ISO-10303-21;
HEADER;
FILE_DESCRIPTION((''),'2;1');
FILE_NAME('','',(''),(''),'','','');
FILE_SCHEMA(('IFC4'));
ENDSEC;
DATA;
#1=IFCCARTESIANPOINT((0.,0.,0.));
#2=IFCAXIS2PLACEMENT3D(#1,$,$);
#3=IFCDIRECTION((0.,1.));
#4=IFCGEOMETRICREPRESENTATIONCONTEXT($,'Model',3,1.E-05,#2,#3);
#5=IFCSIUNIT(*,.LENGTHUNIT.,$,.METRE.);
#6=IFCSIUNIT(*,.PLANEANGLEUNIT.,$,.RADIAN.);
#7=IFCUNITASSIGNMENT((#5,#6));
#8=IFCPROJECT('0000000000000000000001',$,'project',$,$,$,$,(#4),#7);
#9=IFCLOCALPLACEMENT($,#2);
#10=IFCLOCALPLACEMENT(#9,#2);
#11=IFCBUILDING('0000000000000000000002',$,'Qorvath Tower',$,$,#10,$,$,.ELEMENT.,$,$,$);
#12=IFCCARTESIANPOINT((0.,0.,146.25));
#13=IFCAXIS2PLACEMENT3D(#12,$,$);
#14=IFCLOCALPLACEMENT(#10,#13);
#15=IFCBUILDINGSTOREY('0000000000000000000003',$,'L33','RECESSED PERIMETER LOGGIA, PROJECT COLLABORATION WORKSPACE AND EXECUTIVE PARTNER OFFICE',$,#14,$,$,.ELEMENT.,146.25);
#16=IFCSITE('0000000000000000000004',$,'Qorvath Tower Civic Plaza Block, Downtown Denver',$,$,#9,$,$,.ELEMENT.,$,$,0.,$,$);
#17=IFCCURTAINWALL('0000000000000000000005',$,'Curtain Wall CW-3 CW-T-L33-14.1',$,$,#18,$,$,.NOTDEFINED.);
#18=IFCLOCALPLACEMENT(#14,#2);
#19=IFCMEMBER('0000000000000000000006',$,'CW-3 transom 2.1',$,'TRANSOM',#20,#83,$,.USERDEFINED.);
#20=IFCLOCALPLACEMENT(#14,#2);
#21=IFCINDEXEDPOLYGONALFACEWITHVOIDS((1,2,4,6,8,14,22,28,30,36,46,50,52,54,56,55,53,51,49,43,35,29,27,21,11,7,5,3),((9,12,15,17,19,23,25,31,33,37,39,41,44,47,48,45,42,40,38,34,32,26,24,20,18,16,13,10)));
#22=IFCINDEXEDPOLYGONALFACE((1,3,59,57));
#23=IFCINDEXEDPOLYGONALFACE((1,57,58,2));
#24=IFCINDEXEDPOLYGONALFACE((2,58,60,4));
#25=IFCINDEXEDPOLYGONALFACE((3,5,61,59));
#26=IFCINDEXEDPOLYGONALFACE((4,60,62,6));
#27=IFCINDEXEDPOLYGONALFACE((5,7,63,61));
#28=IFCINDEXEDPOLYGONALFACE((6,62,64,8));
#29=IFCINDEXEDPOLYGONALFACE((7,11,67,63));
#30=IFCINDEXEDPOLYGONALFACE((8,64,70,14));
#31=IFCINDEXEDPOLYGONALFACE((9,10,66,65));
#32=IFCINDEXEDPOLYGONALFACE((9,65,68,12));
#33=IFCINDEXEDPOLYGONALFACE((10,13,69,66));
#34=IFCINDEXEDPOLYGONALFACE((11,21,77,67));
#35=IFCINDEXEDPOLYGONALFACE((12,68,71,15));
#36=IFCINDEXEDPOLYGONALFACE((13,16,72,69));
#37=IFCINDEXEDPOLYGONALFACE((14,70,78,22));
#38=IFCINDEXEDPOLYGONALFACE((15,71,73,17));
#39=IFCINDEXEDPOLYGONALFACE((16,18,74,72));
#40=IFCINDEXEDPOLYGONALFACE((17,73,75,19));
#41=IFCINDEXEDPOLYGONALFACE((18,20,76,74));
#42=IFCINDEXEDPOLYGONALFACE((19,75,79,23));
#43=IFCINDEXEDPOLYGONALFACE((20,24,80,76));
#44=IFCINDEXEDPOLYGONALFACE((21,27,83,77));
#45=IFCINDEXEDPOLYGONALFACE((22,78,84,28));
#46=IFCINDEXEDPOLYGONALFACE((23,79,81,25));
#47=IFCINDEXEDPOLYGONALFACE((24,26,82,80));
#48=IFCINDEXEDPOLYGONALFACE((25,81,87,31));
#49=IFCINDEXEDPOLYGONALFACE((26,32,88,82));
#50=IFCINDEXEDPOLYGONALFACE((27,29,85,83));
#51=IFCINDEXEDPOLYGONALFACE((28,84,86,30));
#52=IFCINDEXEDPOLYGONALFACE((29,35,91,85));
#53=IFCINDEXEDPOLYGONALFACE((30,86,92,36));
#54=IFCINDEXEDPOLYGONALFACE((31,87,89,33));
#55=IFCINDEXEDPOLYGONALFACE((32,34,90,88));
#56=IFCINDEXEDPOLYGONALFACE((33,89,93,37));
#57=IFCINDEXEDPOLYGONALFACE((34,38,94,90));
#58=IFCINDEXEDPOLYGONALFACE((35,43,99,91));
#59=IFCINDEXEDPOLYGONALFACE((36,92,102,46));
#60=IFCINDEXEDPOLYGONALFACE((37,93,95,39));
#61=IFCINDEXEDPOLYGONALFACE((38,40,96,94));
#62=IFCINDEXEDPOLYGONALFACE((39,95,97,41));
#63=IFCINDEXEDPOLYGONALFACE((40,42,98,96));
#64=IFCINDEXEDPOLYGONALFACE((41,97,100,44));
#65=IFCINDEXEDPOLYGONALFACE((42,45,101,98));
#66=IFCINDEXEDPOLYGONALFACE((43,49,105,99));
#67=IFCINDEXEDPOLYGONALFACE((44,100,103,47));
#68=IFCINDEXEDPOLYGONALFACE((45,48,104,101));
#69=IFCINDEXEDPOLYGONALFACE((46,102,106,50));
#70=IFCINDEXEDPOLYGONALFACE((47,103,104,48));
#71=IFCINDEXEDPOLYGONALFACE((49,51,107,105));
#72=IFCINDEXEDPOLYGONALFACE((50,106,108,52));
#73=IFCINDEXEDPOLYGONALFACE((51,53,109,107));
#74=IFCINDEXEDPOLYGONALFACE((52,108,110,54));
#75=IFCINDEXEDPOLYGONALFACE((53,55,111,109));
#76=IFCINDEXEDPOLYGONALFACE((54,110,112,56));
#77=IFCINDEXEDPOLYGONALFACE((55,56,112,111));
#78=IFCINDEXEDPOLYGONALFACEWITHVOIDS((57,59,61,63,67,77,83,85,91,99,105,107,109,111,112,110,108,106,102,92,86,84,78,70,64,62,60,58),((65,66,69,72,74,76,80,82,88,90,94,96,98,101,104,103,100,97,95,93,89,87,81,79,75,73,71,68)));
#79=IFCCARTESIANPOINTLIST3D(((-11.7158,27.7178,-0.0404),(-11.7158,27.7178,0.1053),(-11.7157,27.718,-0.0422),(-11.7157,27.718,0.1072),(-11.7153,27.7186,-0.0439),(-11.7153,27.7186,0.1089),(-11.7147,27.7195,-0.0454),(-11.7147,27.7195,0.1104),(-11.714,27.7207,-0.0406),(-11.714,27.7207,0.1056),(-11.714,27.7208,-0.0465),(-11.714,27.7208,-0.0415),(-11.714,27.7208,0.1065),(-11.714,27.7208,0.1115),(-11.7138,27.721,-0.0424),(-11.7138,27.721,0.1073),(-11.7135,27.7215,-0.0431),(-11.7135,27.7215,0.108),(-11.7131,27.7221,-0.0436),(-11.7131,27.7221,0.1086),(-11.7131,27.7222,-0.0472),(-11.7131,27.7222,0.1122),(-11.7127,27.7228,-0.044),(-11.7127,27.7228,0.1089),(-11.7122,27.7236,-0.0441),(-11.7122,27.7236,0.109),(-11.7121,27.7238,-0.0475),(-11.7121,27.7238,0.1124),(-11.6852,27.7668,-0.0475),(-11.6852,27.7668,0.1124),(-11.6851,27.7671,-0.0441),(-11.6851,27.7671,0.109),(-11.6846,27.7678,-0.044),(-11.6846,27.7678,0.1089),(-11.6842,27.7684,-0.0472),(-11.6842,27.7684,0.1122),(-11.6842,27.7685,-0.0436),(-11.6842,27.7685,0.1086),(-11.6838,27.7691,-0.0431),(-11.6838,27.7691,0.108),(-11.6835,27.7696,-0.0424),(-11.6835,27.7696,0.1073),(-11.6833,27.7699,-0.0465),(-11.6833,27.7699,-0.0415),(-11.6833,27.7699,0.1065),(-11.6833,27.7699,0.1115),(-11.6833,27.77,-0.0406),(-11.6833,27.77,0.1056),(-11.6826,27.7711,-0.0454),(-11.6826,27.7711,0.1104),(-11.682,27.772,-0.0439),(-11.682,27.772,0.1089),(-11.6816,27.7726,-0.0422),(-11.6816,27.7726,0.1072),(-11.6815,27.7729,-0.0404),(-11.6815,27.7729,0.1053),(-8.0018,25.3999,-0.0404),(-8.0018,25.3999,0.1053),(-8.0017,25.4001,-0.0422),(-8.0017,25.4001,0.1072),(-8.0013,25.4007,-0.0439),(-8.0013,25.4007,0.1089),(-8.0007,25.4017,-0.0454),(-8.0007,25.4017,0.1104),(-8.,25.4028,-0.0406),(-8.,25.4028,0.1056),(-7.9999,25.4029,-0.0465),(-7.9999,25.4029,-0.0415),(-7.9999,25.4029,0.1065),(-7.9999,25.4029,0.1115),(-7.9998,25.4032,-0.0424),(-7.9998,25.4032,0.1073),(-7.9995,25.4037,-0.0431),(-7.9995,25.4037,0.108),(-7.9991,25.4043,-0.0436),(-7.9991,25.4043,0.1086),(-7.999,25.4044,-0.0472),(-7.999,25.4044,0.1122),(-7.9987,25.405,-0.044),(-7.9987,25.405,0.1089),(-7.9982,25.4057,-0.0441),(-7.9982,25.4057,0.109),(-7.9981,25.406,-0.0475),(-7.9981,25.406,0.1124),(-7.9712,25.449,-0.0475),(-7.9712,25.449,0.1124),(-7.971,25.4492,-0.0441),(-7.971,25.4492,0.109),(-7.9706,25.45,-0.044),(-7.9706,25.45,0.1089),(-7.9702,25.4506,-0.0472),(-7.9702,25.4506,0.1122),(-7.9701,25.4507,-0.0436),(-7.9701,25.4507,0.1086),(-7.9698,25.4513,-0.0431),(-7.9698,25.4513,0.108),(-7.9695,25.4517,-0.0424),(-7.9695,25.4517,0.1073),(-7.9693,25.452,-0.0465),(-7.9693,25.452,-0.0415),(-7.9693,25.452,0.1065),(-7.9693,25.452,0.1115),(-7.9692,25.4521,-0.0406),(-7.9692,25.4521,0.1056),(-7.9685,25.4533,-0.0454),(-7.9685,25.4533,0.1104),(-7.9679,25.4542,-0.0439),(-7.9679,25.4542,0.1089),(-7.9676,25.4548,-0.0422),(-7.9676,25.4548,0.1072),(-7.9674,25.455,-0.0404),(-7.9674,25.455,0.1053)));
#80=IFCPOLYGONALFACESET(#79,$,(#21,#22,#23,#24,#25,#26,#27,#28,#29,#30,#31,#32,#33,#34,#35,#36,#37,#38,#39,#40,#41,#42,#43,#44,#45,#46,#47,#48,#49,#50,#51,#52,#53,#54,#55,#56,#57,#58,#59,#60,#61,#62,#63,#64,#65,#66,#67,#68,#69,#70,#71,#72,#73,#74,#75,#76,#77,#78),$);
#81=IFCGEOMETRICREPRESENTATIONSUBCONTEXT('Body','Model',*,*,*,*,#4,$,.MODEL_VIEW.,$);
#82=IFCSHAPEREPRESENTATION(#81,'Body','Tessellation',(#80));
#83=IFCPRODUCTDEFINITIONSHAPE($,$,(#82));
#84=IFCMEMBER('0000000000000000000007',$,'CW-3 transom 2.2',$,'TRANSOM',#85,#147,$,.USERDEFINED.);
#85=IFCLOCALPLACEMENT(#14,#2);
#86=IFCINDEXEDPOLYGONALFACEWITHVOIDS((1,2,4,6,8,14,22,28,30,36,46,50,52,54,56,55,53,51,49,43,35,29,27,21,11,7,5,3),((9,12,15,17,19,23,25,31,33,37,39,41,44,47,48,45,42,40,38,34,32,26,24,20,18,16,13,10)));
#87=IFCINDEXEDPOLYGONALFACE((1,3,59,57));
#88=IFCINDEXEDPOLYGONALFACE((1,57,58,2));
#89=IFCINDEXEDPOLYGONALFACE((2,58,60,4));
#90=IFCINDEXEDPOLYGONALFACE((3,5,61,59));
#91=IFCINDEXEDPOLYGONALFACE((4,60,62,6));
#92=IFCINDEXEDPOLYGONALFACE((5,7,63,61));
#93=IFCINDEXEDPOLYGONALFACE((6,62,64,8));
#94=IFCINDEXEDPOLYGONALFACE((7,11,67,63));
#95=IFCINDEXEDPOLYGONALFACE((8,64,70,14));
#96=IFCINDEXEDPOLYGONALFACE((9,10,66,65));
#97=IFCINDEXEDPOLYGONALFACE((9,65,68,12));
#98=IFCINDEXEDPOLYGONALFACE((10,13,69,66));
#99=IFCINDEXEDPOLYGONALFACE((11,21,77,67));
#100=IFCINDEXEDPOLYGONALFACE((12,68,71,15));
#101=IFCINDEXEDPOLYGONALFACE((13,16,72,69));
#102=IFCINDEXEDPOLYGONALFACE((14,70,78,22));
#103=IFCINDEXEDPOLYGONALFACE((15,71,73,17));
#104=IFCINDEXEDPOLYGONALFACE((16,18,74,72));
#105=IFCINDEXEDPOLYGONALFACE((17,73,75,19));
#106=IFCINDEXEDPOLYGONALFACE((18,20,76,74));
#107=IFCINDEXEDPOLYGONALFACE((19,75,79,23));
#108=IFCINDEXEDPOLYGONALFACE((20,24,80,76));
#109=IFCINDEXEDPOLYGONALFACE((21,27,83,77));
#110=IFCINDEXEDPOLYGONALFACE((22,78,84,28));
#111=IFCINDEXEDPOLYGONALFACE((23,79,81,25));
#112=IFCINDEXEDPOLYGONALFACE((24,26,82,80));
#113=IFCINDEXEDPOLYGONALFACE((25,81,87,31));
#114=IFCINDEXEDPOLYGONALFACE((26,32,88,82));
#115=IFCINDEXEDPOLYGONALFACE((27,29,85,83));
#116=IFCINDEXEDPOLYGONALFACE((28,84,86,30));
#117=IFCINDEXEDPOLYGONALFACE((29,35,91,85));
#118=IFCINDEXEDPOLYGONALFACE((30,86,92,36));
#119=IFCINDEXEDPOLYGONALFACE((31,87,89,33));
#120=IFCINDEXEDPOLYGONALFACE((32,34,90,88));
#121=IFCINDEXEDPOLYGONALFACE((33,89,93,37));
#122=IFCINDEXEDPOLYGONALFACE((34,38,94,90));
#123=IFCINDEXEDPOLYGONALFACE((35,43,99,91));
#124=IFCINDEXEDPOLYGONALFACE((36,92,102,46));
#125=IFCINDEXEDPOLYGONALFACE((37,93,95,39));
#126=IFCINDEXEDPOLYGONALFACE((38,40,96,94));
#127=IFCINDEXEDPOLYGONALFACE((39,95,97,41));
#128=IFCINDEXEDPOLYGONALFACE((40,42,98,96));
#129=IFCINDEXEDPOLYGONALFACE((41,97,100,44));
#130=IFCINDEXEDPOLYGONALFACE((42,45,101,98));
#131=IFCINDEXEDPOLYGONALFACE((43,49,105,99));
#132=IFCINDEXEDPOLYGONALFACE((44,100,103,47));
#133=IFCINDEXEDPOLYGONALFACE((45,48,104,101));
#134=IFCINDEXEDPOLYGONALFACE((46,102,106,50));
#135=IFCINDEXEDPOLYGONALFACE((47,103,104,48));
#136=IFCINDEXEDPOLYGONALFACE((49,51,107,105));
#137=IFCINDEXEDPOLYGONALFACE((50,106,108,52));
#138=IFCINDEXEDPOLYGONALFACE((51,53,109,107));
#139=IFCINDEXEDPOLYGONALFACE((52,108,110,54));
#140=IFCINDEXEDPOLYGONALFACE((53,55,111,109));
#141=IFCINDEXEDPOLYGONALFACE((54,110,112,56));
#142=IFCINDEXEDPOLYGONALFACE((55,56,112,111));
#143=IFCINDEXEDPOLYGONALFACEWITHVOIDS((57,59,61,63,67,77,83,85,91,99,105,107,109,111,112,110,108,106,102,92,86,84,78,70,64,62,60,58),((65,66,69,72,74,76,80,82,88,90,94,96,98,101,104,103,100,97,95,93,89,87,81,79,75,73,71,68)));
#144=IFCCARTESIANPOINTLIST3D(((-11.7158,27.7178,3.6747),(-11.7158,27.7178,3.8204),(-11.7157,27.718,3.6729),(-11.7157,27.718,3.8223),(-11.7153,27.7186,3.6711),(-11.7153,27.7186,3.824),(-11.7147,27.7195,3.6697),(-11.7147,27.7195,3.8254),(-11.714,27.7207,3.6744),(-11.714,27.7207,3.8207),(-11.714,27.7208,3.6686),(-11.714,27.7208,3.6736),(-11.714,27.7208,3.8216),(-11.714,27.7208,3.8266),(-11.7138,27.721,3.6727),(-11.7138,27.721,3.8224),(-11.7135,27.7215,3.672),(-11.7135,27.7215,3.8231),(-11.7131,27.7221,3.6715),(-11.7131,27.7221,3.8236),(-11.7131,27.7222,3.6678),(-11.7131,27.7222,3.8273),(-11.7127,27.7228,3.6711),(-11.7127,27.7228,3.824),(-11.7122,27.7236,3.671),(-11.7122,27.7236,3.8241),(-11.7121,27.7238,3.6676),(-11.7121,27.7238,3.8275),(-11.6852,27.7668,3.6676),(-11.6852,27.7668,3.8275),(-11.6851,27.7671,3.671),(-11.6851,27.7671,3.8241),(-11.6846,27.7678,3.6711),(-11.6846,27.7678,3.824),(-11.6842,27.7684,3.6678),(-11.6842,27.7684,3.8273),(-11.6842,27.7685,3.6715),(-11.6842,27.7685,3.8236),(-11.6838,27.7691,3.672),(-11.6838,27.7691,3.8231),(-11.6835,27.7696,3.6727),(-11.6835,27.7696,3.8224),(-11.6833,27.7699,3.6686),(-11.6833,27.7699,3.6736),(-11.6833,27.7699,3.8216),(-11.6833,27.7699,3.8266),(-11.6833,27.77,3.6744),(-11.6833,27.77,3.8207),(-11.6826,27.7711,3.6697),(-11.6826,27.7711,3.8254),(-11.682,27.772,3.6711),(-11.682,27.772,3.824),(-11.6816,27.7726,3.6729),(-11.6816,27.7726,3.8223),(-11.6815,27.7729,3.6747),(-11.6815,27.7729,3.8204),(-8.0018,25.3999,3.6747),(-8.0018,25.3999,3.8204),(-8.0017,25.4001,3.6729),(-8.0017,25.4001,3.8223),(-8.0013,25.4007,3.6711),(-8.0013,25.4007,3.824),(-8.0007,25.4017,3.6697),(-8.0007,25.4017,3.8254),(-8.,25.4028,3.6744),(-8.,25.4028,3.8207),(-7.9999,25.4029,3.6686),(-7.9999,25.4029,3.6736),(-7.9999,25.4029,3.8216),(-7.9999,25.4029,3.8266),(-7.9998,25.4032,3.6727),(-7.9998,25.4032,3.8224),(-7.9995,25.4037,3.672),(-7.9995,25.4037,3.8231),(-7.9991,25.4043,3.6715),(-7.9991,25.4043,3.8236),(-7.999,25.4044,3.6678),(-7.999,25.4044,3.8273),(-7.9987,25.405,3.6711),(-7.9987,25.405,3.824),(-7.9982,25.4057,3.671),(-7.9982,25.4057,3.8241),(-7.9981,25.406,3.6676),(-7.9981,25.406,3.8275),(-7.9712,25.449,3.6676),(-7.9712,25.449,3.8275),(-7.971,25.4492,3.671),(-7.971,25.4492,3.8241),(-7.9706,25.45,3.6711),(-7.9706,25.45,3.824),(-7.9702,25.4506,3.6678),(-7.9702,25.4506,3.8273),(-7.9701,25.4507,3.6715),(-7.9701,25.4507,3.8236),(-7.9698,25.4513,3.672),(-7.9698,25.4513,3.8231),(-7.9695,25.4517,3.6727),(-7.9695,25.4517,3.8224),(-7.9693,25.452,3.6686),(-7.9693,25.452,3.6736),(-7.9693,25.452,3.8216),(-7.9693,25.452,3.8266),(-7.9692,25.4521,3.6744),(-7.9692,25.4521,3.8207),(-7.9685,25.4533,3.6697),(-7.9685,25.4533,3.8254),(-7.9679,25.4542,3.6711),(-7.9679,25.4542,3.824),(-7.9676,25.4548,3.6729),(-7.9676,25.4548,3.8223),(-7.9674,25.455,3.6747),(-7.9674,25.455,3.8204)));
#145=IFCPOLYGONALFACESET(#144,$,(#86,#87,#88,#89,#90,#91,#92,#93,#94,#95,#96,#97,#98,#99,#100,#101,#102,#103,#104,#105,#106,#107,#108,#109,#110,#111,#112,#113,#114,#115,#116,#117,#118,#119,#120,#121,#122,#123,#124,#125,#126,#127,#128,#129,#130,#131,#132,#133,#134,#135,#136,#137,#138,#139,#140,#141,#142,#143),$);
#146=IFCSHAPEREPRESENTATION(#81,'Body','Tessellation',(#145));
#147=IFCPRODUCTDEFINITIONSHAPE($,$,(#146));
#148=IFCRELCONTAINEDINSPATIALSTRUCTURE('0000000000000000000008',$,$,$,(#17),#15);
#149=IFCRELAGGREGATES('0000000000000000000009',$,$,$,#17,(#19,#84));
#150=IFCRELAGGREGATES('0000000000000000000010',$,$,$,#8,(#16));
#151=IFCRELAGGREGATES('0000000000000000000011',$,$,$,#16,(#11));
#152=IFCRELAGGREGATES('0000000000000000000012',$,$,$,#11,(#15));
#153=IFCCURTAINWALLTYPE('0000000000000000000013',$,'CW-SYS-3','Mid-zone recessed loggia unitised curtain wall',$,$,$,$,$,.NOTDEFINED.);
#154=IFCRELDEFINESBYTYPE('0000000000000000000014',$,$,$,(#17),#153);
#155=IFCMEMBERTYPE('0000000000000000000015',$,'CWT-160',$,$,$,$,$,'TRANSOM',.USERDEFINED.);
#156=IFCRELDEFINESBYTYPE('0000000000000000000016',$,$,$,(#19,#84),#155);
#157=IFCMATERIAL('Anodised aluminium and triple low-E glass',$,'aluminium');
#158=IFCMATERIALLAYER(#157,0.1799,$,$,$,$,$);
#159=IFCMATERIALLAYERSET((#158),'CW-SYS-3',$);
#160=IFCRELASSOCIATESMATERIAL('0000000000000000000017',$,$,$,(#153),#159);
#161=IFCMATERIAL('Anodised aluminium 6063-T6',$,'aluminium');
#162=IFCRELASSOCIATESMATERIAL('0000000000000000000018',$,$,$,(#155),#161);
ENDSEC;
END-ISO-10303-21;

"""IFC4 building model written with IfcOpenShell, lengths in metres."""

from ifc_helpers import new_model, si_unit, direction, frame, origin, origin_2d, place, context, subcontext, project, spatial, hollow_rectangle, extrude, material, layer, layer_set, material_profile, profile_set, type_object, element, aggregate, save


model = new_model("IFC4")

# Units and contexts
model_context = context("Model", 3, precision=1e-05, world=origin(), true_north=direction((0.0, 1.0)))
body_context = subcontext(model_context, "Body", "Model", "MODEL_VIEW")
ifc_project = project(units=[si_unit("LENGTHUNIT", "METRE"), si_unit("PLANEANGLEUNIT", "RADIAN")], contexts=[model_context])

# Site, building, storey
site_placement = place(None, origin())
site = spatial("IfcSite", under=ifc_project, at=site_placement, Name="Qorvath Tower Civic Plaza Block, Downtown Denver", CompositionType="ELEMENT", RefElevation=0.0)
building_placement = place(site_placement, origin())
building = spatial("IfcBuilding", under=site, at=building_placement, Name="Qorvath Tower", CompositionType="ELEMENT")
storey_placement = place(building_placement, frame((0.0, 0.0, 146.25)))
storey = spatial("IfcBuildingStorey", under=building, at=storey_placement, Name="L33", Description="RECESSED PERIMETER LOGGIA, PROJECT COLLABORATION WORKSPACE AND EXECUTIVE PARTNER OFFICE", CompositionType="ELEMENT", Elevation=146.25)

# Shared definitions
ifc_material_1 = material(Name="Anodised aluminium and triple low-E glass", Category="aluminium")
ifc_layer_1 = layer(ifc_material_1, 0.1799)
ifc_layer_set_1 = layer_set([ifc_layer_1], Name="CW-SYS-3")
curtain_wall_type = type_object("IfcCurtainWallType", Name="CW-SYS-3", Description="Mid-zone recessed loggia unitised curtain wall", PredefinedType="NOTDEFINED", material=ifc_layer_set_1)

# Curtain wall
curtain_wall_1_placement = place(storey_placement, origin())
curtain_wall_1 = element("IfcCurtainWall", 1, at=curtain_wall_1_placement, inside=storey, type_object=curtain_wall_type, Name="Curtain Wall CW-3 CW-T-L33-14.1", PredefinedType="NOTDEFINED")

# Members
ifc_material_2 = material(Name="Anodised aluminium 6063-T6", Category="aluminium")
ifc_material_profile_1 = material_profile(ifc_material_2, hollow_rectangle(XDim=0.0649, YDim=0.1599, WallThickness=0.0034, InnerFilletRadius=0.0034, OuterFilletRadius=0.0071, at=origin_2d()), Name="CWT 160x65")
ifc_profile_set_1 = profile_set([ifc_material_profile_1], Name="Anodised aluminium 6063-T6")
member_type_1 = type_object("IfcMemberType", Name="CWT-160", ElementType="TRANSOM", PredefinedType="USERDEFINED", material=ifc_profile_set_1)
member_1_placement = place(storey_placement, frame((-7.9846, 25.4275, 0.0325), z_axis=(-0.848352, 0.529432, 0.0), x_axis=(-0.529432, -0.848352, 0.0)))
member_1 = element("IfcMember", 2, at=member_1_placement, type_object=member_type_1, Name="CW-3 transom 2.1", ObjectType="TRANSOM", PredefinedType="USERDEFINED", context=body_context, shape_type="SweptSolid", body=[
    extrude(hollow_rectangle(XDim=0.0649, YDim=0.1599, WallThickness=0.0034, InnerFilletRadius=0.0034, OuterFilletRadius=0.0071, at=origin_2d()), origin(), (0.0, 0.0, 1.0), 4.3779),
])
member_2_placement = place(storey_placement, frame((-7.9846, 25.4275, 3.7476), z_axis=(-0.848352, 0.529432, 0.0), x_axis=(-0.529432, -0.848352, 0.0)))
member_2 = element("IfcMember", 3, at=member_2_placement, type_object=member_type_1, Name="CW-3 transom 2.2", ObjectType="TRANSOM", PredefinedType="USERDEFINED", context=body_context, shape_type="SweptSolid", body=[
    extrude(hollow_rectangle(XDim=0.0649, YDim=0.1599, WallThickness=0.0034, InnerFilletRadius=0.0034, OuterFilletRadius=0.0071, at=origin_2d()), origin(), (0.0, 0.0, 1.0), 4.3779),
])

aggregate(curtain_wall_1, [member_1, member_2])

save(model, "model.ifc")
